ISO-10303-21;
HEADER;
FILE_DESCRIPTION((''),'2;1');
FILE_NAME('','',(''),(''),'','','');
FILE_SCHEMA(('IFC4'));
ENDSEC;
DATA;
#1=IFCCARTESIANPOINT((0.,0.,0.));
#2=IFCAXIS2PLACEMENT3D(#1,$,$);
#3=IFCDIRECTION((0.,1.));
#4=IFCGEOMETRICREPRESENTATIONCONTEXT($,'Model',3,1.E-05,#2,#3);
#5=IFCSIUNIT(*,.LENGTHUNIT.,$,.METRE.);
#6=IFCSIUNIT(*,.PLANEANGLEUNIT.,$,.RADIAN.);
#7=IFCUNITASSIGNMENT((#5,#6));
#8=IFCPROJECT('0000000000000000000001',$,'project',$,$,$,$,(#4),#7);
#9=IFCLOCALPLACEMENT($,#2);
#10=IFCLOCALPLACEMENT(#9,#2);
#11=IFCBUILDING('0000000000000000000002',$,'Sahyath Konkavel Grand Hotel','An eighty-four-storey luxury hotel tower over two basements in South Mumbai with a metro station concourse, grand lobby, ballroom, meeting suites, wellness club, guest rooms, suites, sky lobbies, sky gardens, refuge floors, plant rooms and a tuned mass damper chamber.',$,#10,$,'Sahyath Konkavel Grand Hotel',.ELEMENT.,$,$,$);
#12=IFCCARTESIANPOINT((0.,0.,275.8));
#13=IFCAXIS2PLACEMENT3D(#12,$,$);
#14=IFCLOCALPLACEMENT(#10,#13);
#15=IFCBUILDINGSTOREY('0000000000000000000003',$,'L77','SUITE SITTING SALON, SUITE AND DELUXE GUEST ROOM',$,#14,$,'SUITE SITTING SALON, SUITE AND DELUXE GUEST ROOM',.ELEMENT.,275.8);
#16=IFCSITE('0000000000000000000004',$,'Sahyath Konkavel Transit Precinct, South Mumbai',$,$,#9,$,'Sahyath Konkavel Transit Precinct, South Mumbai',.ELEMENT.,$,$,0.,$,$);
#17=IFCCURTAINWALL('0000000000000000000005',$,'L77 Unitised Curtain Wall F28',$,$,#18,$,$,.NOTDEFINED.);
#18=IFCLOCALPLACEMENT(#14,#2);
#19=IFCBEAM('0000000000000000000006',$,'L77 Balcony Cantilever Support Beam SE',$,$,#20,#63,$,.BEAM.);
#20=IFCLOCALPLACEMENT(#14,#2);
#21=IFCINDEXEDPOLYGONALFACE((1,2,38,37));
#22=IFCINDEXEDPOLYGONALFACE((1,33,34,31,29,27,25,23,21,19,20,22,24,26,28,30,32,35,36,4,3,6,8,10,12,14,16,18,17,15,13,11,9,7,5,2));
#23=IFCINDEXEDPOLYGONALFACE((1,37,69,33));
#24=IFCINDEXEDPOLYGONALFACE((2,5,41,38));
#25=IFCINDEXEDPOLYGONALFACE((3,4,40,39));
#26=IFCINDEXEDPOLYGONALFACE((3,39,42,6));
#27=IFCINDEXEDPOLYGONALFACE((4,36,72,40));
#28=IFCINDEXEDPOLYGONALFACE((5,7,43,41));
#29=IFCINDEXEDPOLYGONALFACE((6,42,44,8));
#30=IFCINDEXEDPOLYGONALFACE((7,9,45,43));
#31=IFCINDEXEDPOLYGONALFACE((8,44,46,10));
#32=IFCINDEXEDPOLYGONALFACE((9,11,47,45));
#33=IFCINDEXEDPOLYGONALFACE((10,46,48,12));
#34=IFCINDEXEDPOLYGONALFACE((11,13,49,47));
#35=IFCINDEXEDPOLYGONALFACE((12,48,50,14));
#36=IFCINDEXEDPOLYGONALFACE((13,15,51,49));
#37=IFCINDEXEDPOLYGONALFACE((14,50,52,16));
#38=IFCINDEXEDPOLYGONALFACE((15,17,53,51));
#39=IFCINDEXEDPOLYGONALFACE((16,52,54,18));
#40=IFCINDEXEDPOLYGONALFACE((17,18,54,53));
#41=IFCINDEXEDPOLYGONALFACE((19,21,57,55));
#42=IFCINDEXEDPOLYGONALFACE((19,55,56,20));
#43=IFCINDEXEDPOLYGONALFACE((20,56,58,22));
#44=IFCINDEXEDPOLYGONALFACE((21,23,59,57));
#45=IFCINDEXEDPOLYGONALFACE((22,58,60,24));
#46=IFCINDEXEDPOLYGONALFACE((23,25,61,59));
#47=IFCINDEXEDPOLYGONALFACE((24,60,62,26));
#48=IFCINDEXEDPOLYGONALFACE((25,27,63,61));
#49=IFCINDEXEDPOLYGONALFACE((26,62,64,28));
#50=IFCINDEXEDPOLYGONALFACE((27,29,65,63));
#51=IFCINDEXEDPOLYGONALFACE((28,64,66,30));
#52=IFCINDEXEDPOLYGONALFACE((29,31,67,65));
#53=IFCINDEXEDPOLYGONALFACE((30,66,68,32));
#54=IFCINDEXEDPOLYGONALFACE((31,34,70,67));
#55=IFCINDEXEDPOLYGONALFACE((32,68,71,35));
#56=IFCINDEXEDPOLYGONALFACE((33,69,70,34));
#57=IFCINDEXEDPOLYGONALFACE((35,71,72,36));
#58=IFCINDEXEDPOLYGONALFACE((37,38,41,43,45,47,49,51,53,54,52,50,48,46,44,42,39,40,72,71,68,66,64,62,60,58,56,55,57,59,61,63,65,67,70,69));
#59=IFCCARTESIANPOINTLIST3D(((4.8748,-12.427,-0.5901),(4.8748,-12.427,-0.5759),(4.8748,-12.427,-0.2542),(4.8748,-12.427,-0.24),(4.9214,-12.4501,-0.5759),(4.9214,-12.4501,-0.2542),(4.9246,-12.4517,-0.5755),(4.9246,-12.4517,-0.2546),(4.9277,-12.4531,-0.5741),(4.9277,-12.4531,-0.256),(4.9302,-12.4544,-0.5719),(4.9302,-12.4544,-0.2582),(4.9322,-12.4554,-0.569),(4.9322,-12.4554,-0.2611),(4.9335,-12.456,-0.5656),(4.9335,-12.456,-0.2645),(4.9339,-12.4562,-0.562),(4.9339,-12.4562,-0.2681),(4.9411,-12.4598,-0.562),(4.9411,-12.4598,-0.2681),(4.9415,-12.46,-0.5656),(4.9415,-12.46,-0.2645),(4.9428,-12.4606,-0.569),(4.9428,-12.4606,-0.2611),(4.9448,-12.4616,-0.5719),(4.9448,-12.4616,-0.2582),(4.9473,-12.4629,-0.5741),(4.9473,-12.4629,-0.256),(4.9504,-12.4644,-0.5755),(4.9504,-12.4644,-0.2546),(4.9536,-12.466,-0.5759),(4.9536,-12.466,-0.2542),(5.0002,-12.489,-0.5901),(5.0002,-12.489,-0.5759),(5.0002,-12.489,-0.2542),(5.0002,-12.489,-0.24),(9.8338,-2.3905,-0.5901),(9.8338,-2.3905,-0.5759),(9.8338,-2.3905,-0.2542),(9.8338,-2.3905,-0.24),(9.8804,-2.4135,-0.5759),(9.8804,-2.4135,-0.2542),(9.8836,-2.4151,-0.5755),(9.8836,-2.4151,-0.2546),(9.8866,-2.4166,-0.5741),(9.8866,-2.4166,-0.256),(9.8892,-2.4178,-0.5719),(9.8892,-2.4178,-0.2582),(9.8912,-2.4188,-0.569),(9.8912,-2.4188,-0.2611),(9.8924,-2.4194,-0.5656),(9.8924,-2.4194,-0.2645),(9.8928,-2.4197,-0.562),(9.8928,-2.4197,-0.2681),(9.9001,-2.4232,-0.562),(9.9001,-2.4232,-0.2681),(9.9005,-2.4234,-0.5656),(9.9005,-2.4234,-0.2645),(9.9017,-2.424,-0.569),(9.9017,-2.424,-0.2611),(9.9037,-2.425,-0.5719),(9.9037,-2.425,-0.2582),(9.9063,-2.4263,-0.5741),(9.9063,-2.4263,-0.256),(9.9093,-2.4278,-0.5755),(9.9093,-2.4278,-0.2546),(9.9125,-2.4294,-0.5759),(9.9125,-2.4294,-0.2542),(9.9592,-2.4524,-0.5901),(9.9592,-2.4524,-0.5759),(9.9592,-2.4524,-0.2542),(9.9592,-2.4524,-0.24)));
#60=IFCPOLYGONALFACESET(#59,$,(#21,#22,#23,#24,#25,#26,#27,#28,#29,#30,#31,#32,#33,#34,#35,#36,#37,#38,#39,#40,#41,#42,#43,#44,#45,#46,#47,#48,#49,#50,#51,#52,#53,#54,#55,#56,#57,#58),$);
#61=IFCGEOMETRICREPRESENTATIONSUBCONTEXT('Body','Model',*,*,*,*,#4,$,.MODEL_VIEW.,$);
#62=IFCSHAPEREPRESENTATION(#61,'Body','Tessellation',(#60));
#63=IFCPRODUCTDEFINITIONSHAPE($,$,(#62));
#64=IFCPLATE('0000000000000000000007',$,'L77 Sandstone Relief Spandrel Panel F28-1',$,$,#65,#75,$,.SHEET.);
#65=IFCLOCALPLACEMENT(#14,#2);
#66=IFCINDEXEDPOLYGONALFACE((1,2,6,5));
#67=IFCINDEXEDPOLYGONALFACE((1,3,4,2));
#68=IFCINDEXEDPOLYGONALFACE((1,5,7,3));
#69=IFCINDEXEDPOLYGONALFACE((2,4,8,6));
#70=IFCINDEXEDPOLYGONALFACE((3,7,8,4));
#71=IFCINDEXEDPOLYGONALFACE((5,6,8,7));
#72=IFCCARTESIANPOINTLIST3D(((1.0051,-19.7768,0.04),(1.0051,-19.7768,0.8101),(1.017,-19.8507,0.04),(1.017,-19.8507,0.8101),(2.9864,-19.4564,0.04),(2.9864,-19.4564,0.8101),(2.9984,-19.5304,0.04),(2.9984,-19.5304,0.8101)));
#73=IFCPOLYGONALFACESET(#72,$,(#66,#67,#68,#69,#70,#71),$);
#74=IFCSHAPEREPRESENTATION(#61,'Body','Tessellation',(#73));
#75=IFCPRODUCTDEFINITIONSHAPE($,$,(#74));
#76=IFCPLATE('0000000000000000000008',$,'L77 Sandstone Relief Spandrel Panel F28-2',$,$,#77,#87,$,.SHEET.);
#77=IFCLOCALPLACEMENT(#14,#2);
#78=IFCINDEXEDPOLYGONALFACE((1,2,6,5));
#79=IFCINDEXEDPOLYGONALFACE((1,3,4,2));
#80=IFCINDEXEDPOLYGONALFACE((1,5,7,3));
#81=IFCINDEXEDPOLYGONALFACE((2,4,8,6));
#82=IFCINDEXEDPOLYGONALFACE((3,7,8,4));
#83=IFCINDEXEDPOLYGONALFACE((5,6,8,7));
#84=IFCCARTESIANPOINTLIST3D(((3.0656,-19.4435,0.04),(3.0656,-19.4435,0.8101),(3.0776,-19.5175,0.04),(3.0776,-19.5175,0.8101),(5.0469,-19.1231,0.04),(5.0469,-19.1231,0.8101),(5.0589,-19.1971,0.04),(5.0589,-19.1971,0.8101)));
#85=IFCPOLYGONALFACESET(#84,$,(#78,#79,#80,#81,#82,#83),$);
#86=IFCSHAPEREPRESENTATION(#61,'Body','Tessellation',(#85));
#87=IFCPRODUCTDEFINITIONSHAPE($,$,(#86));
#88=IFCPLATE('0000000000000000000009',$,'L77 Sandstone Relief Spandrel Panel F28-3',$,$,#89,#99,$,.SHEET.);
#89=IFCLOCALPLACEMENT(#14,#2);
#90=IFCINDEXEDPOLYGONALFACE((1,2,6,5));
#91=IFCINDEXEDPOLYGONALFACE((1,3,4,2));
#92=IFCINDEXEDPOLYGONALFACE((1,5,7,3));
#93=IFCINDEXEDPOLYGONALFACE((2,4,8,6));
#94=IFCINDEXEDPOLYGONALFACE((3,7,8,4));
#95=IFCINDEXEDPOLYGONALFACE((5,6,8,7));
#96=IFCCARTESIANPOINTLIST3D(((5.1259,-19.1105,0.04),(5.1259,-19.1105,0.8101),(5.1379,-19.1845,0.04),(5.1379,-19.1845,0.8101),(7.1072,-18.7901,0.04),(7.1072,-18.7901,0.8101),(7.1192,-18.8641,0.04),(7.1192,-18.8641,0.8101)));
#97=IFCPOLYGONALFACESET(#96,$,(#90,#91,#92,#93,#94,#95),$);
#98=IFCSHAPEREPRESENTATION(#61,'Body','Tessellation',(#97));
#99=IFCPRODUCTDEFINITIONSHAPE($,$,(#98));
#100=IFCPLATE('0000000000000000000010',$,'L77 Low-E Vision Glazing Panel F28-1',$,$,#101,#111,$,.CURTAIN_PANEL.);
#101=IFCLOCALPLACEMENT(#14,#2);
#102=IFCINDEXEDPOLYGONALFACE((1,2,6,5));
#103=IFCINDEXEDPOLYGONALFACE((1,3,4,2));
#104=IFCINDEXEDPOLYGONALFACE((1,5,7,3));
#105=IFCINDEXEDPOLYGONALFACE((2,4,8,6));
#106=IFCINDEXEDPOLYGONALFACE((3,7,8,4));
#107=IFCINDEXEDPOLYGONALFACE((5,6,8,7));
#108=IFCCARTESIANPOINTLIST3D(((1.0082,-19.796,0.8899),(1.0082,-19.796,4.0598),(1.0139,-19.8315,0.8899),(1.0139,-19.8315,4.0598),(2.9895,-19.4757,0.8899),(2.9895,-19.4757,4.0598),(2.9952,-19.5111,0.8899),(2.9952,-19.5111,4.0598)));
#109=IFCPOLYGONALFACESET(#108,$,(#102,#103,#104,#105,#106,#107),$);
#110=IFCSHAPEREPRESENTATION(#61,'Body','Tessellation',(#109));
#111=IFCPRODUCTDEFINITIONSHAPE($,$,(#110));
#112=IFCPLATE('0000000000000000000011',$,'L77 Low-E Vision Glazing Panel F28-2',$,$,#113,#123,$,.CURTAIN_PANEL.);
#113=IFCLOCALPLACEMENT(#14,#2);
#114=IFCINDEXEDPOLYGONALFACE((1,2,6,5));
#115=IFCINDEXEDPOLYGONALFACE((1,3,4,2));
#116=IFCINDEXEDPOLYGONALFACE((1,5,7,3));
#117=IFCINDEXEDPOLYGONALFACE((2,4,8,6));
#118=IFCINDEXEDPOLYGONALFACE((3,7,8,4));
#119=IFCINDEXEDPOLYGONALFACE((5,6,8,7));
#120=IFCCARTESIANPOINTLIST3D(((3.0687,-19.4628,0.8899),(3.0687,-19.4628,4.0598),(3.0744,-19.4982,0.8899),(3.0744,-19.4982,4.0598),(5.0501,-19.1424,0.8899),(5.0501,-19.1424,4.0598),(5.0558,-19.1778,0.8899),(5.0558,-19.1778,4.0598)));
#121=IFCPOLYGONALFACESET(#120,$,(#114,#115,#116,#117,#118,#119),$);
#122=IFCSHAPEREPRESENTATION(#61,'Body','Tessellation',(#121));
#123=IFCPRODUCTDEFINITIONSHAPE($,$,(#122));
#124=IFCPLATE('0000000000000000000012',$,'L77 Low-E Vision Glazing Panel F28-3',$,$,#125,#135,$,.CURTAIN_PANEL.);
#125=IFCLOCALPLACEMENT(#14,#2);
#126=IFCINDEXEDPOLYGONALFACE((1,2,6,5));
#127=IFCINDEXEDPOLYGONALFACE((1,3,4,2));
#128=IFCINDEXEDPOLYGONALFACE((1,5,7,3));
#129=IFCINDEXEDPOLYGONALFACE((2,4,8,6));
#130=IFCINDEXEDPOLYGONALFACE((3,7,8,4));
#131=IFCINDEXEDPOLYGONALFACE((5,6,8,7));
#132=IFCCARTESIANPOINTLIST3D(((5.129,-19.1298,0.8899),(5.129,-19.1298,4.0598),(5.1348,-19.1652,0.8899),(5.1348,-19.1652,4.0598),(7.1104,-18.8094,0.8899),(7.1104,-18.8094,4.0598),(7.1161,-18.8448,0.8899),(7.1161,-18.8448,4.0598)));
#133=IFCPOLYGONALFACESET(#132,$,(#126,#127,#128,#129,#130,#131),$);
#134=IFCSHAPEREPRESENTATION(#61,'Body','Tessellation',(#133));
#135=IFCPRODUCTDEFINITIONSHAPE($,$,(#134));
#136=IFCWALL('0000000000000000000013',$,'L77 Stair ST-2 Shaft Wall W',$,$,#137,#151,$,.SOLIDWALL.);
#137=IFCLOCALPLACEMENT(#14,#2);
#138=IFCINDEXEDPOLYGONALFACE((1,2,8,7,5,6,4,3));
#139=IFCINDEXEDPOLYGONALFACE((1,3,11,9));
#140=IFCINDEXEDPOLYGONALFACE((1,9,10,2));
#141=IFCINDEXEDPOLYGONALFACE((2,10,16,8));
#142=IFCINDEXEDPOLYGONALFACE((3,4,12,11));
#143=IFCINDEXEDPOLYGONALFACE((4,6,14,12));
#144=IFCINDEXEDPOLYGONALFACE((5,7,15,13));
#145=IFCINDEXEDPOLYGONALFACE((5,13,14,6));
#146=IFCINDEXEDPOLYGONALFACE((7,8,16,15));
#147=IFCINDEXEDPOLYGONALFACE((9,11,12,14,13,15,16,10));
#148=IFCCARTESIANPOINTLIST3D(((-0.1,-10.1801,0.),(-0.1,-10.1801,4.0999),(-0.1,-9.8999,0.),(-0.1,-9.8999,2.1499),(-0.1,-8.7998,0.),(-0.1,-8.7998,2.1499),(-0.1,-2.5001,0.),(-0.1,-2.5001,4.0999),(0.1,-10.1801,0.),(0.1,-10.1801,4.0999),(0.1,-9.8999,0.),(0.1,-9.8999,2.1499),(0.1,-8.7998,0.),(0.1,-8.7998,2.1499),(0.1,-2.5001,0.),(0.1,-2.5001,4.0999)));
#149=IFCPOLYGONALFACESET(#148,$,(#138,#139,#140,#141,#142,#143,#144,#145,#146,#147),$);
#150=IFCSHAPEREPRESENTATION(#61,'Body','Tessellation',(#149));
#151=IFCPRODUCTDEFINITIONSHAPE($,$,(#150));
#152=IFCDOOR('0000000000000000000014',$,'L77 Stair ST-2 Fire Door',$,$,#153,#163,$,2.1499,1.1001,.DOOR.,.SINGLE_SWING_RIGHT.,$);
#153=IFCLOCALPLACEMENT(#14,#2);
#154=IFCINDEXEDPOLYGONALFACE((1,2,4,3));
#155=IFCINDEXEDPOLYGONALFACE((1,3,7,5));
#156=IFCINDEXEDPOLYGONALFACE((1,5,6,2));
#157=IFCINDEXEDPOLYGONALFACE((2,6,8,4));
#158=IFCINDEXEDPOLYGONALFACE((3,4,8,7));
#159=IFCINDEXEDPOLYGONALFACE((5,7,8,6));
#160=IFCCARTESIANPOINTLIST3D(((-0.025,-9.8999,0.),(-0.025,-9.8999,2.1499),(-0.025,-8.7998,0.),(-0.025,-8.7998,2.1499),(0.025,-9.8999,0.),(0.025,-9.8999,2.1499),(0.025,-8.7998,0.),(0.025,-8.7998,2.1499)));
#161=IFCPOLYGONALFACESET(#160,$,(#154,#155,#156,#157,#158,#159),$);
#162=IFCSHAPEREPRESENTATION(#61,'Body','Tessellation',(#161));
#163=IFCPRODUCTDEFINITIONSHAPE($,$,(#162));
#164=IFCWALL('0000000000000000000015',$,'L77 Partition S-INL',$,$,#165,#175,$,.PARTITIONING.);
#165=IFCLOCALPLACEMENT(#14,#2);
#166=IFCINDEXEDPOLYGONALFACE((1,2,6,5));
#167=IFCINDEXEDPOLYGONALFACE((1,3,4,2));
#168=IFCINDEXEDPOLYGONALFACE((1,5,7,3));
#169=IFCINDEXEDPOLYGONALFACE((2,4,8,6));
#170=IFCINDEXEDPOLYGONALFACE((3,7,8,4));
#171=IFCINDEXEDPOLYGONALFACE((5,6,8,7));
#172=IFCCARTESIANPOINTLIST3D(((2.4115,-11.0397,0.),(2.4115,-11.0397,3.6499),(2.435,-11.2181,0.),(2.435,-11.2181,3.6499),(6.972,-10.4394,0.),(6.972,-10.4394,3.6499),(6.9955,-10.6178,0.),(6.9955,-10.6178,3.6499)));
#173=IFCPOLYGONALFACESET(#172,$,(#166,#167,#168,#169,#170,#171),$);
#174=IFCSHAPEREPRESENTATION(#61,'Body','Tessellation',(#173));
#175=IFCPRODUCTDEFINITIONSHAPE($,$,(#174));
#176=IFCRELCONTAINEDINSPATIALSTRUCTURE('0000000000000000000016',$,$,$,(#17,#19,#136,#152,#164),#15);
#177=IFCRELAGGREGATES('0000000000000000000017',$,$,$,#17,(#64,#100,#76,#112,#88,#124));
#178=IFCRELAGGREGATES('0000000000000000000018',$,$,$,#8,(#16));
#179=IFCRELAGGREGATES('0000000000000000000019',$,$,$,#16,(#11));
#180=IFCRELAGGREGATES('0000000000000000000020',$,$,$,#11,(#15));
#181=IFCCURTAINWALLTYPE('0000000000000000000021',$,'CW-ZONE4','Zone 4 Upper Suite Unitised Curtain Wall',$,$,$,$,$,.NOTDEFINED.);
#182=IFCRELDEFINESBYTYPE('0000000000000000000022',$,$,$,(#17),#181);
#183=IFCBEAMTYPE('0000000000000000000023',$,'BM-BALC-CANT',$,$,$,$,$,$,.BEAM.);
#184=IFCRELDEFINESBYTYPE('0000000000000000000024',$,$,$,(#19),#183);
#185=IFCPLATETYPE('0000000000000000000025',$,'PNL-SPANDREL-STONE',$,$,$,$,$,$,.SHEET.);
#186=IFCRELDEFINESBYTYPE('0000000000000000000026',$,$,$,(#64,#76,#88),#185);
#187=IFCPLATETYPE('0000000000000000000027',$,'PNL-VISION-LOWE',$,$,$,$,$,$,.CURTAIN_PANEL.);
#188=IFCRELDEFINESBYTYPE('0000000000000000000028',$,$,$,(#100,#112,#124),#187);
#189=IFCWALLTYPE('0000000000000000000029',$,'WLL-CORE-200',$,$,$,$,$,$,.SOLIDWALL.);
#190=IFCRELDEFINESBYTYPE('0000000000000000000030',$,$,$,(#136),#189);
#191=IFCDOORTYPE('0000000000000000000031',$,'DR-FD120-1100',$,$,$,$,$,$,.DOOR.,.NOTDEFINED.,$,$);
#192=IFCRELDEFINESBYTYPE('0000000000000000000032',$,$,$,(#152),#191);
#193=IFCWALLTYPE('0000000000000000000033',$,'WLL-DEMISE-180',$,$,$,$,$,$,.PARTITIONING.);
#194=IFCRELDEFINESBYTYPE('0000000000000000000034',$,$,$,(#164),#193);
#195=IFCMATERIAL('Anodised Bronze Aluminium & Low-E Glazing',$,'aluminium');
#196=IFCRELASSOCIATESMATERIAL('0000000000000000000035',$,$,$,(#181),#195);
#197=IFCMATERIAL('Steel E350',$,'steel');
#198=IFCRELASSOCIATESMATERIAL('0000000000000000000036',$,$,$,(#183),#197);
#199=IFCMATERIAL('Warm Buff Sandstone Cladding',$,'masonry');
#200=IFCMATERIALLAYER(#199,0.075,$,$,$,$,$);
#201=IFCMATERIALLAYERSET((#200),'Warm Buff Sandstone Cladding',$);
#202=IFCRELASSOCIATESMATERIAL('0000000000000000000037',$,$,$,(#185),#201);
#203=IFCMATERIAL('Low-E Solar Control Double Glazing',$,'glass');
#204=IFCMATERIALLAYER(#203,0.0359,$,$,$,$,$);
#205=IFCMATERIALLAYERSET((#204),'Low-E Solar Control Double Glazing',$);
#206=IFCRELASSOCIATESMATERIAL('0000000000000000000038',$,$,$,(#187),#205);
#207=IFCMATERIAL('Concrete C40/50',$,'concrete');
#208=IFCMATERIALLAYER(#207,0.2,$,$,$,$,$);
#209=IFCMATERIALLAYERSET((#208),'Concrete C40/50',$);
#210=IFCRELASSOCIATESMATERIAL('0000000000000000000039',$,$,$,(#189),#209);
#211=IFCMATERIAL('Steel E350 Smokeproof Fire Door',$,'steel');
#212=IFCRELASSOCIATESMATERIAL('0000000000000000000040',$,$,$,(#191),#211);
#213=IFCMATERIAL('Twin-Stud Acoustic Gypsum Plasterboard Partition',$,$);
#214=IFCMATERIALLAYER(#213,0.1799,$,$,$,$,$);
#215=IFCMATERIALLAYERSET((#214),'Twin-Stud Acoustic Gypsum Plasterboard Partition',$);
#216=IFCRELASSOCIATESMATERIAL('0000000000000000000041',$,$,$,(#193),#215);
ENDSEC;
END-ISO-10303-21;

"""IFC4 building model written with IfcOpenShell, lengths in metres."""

from ifc_helpers import new_model, si_unit, direction, frame, frame_2d, origin, origin_2d, place, context, subcontext, project, spatial, rectangle, i_section, extrude, source, transform, mapped, material, layer, layer_set, material_profile, profile_set, type_object, element, fill, aggregate, save


model = new_model("IFC4")

# Units and contexts
model_context = context("Model", 3, precision=1e-05, world=origin(), true_north=direction((0.0, 1.0)))
body_context = subcontext(model_context, "Body", "Model", "MODEL_VIEW")
ifc_project = project(units=[si_unit("LENGTHUNIT", "METRE"), si_unit("PLANEANGLEUNIT", "RADIAN")], contexts=[model_context])

# Site, building, storey
site_placement = place(None, origin())
site = spatial("IfcSite", under=ifc_project, at=site_placement, Name="Sahyath Konkavel Transit Precinct, South Mumbai", LongName="Sahyath Konkavel Transit Precinct, South Mumbai", CompositionType="ELEMENT", RefElevation=0.0)
building_placement = place(site_placement, origin())
building = spatial("IfcBuilding", under=site, at=building_placement, Name="Sahyath Konkavel Grand Hotel", Description="An eighty-four-storey luxury hotel tower over two basements in South Mumbai with a metro station concourse, grand lobby, ballroom, meeting suites, wellness club, guest rooms, suites, sky lobbies, sky gardens, refuge floors, plant rooms and a tuned mass damper chamber.", LongName="Sahyath Konkavel Grand Hotel", CompositionType="ELEMENT")
storey_placement = place(building_placement, frame((0.0, 0.0, 275.8)))
storey = spatial("IfcBuildingStorey", under=building, at=storey_placement, Name="L77", Description="SUITE SITTING SALON, SUITE AND DELUXE GUEST ROOM", LongName="SUITE SITTING SALON, SUITE AND DELUXE GUEST ROOM", CompositionType="ELEMENT", Elevation=275.8)

# Curtain wall
ifc_material_1 = material(Name="Anodised Bronze Aluminium & Low-E Glazing", Category="aluminium")
curtain_wall_type = type_object("IfcCurtainWallType", Name="CW-ZONE4", Description="Zone 4 Upper Suite Unitised Curtain Wall", PredefinedType="NOTDEFINED", material=ifc_material_1)
curtain_wall_placement = place(storey_placement, origin())
curtain_wall = element("IfcCurtainWall", 1, at=curtain_wall_placement, inside=storey, type_object=curtain_wall_type, Name="L77 Unitised Curtain Wall F28", PredefinedType="NOTDEFINED")

# Beam
ifc_material_2 = material(Name="Steel E350", Category="steel")
ifc_material_profile_1 = material_profile(ifc_material_2, i_section(OverallWidth=0.1399, OverallDepth=0.3501, WebThickness=0.0081, FlangeThickness=0.0142, FilletRadius=0.0139, at=origin_2d()), Name="ISMB 350")
ifc_profile_set_1 = profile_set([ifc_material_profile_1], Name="Steel E350")
beam_type_1 = type_object("IfcBeamType", Name="BM-BALC-CANT", PredefinedType="BEAM", material=ifc_profile_set_1)
shared_shape_1 = source(origin(), body_context, "Body", "SweptSolid", [
    extrude(i_section(OverallWidth=0.1399, OverallDepth=0.3501, WebThickness=0.0081, FlangeThickness=0.0142, FilletRadius=0.0139, at=origin_2d()), origin(), (0.0, 0.0, 1.0), 11.1948),
])
beam_1_placement = place(storey_placement, frame((4.9375, -12.458, -0.415), z_axis=(0.442969, 0.896537, 0.0), x_axis=(-0.896537, 0.442969, 0.0)))
element("IfcBeam", 2, at=beam_1_placement, inside=storey, type_object=beam_type_1, Name="L77 Balcony Cantilever Support Beam SE", PredefinedType="BEAM", context=body_context, shape_type="MappedRepresentation", body=[
    mapped(shared_shape_1, transform((0.0, 0.0, 0.0), scale=1.0)),
])

# Plates
ifc_material_3 = material(Name="Warm Buff Sandstone Cladding", Category="masonry")
ifc_layer_1 = layer(ifc_material_3, 0.075)
ifc_layer_set_1 = layer_set([ifc_layer_1], Name="Warm Buff Sandstone Cladding")
plate_type_1 = type_object("IfcPlateType", Name="PNL-SPANDREL-STONE", PredefinedType="SHEET", material=ifc_layer_set_1)
shared_shape_2 = source(origin(), body_context, "Body", "SweptSolid", [
    extrude(rectangle(XDim=2.0071, YDim=0.075, at=origin_2d()), origin(), (0.0, 0.0, 1.0), 0.77),
])
plate_1_placement = place(storey_placement, frame((2.0017, -19.6536, 0.04), z_axis=(0.0, 0.0, 1.0), x_axis=(0.987178, 0.159623, 0.0)))
plate_1 = element("IfcPlate", 3, at=plate_1_placement, type_object=plate_type_1, Name="L77 Sandstone Relief Spandrel Panel F28-1", PredefinedType="SHEET", context=body_context, shape_type="MappedRepresentation", body=[
    mapped(shared_shape_2, transform((0.0, 0.0, 0.0), scale=1.0)),
])
plate_2_placement = place(storey_placement, frame((4.0623, -19.3203, 0.04), z_axis=(0.0, 0.0, 1.0), x_axis=(0.987178, 0.159623, 0.0)))
plate_2 = element("IfcPlate", 4, at=plate_2_placement, type_object=plate_type_1, Name="L77 Sandstone Relief Spandrel Panel F28-2", PredefinedType="SHEET", context=body_context, shape_type="MappedRepresentation", body=[
    mapped(shared_shape_2, transform((0.0, 0.0, 0.0), scale=1.0)),
])
plate_3_placement = place(storey_placement, frame((6.1226, -18.9873, 0.04), z_axis=(0.0, 0.0, 1.0), x_axis=(0.987178, 0.159623, 0.0)))
plate_3 = element("IfcPlate", 5, at=plate_3_placement, type_object=plate_type_1, Name="L77 Sandstone Relief Spandrel Panel F28-3", PredefinedType="SHEET", context=body_context, shape_type="MappedRepresentation", body=[
    mapped(shared_shape_2, transform((0.0, 0.0, 0.0), scale=1.0)),
])
ifc_material_4 = material(Name="Low-E Solar Control Double Glazing", Category="glass")
ifc_layer_2 = layer(ifc_material_4, 0.0359)
ifc_layer_set_2 = layer_set([ifc_layer_2], Name="Low-E Solar Control Double Glazing")
plate_type_2 = type_object("IfcPlateType", Name="PNL-VISION-LOWE", PredefinedType="CURTAIN_PANEL", material=ifc_layer_set_2)
shared_shape_3 = source(origin(), body_context, "Body", "SweptSolid", [
    extrude(rectangle(XDim=2.0071, YDim=0.0359, at=origin_2d()), origin(), (0.0, 0.0, 1.0), 3.1699),
])
plate_4_placement = place(storey_placement, frame((2.0017, -19.6536, 0.8899), z_axis=(0.0, 0.0, 1.0), x_axis=(0.987178, 0.159623, 0.0)))
plate_4 = element("IfcPlate", 6, at=plate_4_placement, type_object=plate_type_2, Name="L77 Low-E Vision Glazing Panel F28-1", PredefinedType="CURTAIN_PANEL", context=body_context, shape_type="MappedRepresentation", body=[
    mapped(shared_shape_3, transform((0.0, 0.0, 0.0), scale=1.0)),
])
plate_5_placement = place(storey_placement, frame((4.0623, -19.3203, 0.8899), z_axis=(0.0, 0.0, 1.0), x_axis=(0.987178, 0.159623, 0.0)))
plate_5 = element("IfcPlate", 7, at=plate_5_placement, type_object=plate_type_2, Name="L77 Low-E Vision Glazing Panel F28-2", PredefinedType="CURTAIN_PANEL", context=body_context, shape_type="MappedRepresentation", body=[
    mapped(shared_shape_3, transform((0.0, 0.0, 0.0), scale=1.0)),
])
plate_6_placement = place(storey_placement, frame((6.1226, -18.9873, 0.8899), z_axis=(0.0, 0.0, 1.0), x_axis=(0.987178, 0.159623, 0.0)))
plate_6 = element("IfcPlate", 8, at=plate_6_placement, type_object=plate_type_2, Name="L77 Low-E Vision Glazing Panel F28-3", PredefinedType="CURTAIN_PANEL", context=body_context, shape_type="MappedRepresentation", body=[
    mapped(shared_shape_3, transform((0.0, 0.0, 0.0), scale=1.0)),
])
aggregate(curtain_wall, [plate_1, plate_4, plate_2, plate_5, plate_3, plate_6])

# Wall, opening, door
ifc_material_5 = material(Name="Concrete C40/50", Category="concrete")
ifc_layer_3 = layer(ifc_material_5, 0.2)
ifc_layer_set_3 = layer_set([ifc_layer_3], Name="Concrete C40/50")
wall_type_1 = type_object("IfcWallType", Name="WLL-CORE-200", PredefinedType="SOLIDWALL", material=ifc_layer_set_3)
wall_1_placement = place(storey_placement, frame((0.0, -10.1799, 0.0), z_axis=(0.0, 0.0, 1.0), x_axis=(0.0, 1.0, 0.0)))
wall_1 = element("IfcWall", 9, at=wall_1_placement, inside=storey, type_object=wall_type_1, Name="L77 Stair ST-2 Shaft Wall W", PredefinedType="SOLIDWALL", context=body_context, shape_type="SweptSolid", body=[
    extrude(rectangle(XDim=7.6799, YDim=0.2, at=frame_2d((3.8398, 0.0))), origin(), (0.0, 0.0, 1.0), 4.0999),
])
opening_1_placement = place(wall_1_placement, frame((0.28, 0.0, 0.0)))
opening_1 = element("IfcOpeningElement", 10, at=opening_1_placement, cuts=wall_1, PredefinedType="OPENING", context=body_context, shape_type="SweptSolid", body=[
    extrude(rectangle(XDim=1.1001, YDim=2.1499, at=frame_2d((0.55, 1.075))), frame((0.0, 0.1099, 0.0), z_axis=(0.0, -1.0, 0.0), x_axis=(1.0, 0.0, 0.0)), (0.0, 0.0, 1.0), 0.22),
])
ifc_material_6 = material(Name="Steel E350 Smokeproof Fire Door", Category="steel")
door_type_1 = type_object("IfcDoorType", Name="DR-FD120-1100", OperationType="NOTDEFINED", PredefinedType="DOOR", material=ifc_material_6)
shared_shape_4 = source(origin(), body_context, "Body", "SweptSolid", [
    extrude(rectangle(XDim=1.1001, YDim=0.05, at=origin_2d()), origin(), (0.0, 0.0, 1.0), 2.1499),
])
door_1_placement = place(opening_1_placement, frame((0.55, 0.0, 0.0)))
door_1 = element("IfcDoor", 11, at=door_1_placement, inside=storey, type_object=door_type_1, Name="L77 Stair ST-2 Fire Door", OperationType="SINGLE_SWING_RIGHT", OverallHeight=2.1499, OverallWidth=1.1001, PredefinedType="DOOR", context=body_context, shape_type="MappedRepresentation", body=[
    mapped(shared_shape_4, transform((0.0, 0.0, 0.0), scale=1.0)),
])
fill(opening_1, door_1)

# Wall
ifc_material_7 = material(Name="Twin-Stud Acoustic Gypsum Plasterboard Partition")
ifc_layer_4 = layer(ifc_material_7, 0.1799)
ifc_layer_set_4 = layer_set([ifc_layer_4], Name="Twin-Stud Acoustic Gypsum Plasterboard Partition")
wall_type_2 = type_object("IfcWallType", Name="WLL-DEMISE-180", PredefinedType="PARTITIONING", material=ifc_layer_set_4)
wall_2_placement = place(storey_placement, frame((2.4233, -11.1289, 0.0), z_axis=(0.0, 0.0, 1.0), x_axis=(0.991447, 0.130512, 0.0)))
element("IfcWall", 12, at=wall_2_placement, inside=storey, type_object=wall_type_2, Name="L77 Partition S-INL", PredefinedType="PARTITIONING", context=body_context, shape_type="SweptSolid", body=[
    extrude(rectangle(XDim=4.5999, YDim=0.1799, at=frame_2d((2.2998, 0.0))), origin(), (0.0, 0.0, 1.0), 3.6499),
])

save(model, "model.ifc")
